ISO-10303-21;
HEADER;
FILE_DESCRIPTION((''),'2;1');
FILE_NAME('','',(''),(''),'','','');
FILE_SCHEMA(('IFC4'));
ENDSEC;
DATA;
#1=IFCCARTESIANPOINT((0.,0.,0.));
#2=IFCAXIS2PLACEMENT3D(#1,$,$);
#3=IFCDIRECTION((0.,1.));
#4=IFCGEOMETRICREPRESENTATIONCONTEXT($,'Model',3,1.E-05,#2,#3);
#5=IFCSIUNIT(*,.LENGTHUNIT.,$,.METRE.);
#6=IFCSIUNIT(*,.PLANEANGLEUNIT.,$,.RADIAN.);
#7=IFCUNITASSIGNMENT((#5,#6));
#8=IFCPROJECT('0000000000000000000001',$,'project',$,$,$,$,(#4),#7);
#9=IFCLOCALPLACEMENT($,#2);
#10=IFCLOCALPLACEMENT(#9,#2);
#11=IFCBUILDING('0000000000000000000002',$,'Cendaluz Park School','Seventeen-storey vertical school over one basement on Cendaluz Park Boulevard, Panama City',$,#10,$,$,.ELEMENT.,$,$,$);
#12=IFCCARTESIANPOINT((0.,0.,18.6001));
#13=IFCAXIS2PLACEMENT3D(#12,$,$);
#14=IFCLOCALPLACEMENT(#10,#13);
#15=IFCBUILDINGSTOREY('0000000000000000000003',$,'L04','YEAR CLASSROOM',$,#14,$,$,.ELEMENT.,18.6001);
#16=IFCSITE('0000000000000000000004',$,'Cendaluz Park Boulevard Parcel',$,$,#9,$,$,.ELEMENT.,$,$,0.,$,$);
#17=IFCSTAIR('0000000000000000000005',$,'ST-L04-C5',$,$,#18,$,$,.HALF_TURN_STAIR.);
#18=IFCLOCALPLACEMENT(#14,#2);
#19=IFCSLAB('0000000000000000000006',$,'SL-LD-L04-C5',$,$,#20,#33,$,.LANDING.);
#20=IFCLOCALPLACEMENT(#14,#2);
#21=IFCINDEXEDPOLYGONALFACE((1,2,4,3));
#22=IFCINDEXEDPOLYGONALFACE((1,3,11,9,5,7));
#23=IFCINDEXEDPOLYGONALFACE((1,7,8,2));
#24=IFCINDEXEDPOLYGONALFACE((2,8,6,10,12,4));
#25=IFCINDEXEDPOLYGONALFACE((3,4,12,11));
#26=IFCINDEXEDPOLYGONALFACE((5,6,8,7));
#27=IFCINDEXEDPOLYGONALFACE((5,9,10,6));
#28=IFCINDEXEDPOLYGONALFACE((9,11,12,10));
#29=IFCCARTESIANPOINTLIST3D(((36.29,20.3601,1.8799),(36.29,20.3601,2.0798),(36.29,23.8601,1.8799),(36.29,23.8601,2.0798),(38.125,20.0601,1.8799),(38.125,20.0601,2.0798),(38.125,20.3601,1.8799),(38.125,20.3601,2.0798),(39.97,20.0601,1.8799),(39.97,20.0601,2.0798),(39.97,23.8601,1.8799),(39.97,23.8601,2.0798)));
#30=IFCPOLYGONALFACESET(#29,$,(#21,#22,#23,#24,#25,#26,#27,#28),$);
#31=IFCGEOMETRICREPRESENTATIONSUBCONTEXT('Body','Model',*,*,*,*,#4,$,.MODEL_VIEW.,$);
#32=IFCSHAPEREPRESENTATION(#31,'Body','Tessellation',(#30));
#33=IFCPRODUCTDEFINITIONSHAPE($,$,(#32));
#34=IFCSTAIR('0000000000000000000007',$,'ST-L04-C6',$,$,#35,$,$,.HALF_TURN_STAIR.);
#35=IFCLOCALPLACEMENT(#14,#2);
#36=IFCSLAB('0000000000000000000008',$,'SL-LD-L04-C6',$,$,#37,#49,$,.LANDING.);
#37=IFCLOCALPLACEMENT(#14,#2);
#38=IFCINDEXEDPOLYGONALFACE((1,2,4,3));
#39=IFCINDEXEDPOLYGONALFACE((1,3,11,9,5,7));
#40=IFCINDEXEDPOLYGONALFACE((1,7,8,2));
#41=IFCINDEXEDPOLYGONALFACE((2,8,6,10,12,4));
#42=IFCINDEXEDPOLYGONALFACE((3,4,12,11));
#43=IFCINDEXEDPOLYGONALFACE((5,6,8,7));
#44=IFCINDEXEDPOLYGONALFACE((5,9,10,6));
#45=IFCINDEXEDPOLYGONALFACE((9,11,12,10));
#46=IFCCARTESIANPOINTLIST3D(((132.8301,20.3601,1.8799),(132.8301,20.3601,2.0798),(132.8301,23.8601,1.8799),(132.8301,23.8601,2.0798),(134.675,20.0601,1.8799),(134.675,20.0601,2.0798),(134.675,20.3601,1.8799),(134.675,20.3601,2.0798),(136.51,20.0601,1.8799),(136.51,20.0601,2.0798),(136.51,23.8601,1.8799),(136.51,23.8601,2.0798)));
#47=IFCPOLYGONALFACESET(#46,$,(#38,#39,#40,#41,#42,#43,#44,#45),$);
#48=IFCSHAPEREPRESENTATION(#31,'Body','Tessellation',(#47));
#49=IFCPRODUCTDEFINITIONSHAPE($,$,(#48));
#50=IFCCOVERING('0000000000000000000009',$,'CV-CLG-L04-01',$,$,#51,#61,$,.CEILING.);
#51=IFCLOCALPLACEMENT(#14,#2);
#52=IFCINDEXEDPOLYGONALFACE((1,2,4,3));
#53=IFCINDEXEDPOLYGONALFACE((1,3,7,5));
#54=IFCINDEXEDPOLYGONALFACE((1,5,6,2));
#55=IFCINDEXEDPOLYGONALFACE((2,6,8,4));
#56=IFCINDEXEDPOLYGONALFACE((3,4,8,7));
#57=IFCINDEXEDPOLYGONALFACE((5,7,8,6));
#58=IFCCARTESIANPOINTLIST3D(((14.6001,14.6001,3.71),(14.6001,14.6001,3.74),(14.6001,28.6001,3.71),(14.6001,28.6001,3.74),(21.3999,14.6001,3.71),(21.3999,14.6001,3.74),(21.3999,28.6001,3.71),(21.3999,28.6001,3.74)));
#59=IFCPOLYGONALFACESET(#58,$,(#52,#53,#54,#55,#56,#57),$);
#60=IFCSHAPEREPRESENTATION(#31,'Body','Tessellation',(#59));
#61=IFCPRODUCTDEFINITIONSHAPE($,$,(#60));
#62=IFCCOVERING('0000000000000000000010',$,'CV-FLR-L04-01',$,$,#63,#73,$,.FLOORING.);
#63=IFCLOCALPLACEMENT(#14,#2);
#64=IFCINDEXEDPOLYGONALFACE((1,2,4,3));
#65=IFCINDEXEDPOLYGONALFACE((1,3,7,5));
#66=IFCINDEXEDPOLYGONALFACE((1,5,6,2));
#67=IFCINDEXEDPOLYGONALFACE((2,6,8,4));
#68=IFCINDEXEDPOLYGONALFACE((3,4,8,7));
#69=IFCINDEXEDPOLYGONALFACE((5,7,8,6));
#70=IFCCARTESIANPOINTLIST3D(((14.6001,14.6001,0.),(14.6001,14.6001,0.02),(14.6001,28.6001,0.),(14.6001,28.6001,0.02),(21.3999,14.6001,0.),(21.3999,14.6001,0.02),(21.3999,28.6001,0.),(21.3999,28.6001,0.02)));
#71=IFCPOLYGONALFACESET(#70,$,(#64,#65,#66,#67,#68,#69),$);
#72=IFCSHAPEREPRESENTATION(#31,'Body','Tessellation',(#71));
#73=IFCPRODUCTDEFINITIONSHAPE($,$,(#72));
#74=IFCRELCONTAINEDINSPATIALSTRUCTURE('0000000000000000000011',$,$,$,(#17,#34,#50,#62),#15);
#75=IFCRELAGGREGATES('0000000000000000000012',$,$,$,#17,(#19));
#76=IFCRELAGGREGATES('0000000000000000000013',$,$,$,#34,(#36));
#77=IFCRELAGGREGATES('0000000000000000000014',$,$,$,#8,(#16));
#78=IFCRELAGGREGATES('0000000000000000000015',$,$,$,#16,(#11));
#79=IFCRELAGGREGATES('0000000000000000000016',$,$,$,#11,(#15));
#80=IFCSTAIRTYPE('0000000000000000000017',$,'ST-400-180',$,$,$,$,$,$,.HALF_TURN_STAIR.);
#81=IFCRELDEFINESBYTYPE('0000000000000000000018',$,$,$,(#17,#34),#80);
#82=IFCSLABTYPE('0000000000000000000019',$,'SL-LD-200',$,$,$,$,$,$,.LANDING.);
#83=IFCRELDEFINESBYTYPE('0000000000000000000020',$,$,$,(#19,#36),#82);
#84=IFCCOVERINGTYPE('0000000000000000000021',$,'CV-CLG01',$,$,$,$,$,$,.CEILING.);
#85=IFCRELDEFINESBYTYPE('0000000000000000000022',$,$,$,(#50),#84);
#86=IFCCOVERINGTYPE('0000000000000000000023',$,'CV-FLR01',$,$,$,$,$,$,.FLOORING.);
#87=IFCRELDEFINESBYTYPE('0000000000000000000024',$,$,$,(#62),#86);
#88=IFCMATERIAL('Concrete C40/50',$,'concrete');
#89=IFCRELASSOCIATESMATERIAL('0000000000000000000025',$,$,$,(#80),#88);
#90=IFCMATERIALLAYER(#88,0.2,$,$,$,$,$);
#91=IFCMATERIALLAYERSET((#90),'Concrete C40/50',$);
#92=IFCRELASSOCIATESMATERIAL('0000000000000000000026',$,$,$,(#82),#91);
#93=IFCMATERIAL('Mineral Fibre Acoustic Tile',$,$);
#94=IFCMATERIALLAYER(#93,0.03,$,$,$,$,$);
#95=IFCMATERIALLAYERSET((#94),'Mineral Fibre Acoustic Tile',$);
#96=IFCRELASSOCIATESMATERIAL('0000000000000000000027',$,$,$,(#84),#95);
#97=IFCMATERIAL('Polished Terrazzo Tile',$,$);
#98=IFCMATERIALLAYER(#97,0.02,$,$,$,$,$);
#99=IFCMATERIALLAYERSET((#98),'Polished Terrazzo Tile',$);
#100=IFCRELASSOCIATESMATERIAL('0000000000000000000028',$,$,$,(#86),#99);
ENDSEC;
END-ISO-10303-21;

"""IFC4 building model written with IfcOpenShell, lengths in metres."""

from ifc_helpers import new_model, si_unit, direction, frame, origin, place, context, subcontext, project, spatial, polyline, outline, extrude, material, layer, layer_set, type_object, element, aggregate, save


model = new_model("IFC4")

# Units and contexts
model_context = context("Model", 3, precision=1e-05, world=origin(), true_north=direction((0.0, 1.0)))
body_context = subcontext(model_context, "Body", "Model", "MODEL_VIEW")
ifc_project = project(units=[si_unit("LENGTHUNIT", "METRE"), si_unit("PLANEANGLEUNIT", "RADIAN")], contexts=[model_context])

# Site, building, storey
site_placement = place(None, origin())
site = spatial("IfcSite", under=ifc_project, at=site_placement, Name="Cendaluz Park Boulevard Parcel", CompositionType="ELEMENT", RefElevation=0.0)
building_placement = place(site_placement, origin())
building = spatial("IfcBuilding", under=site, at=building_placement, Name="Cendaluz Park School", Description="Seventeen-storey vertical school over one basement on Cendaluz Park Boulevard, Panama City", CompositionType="ELEMENT")
storey_placement = place(building_placement, frame((0.0, 0.0, 18.6001)))
storey = spatial("IfcBuildingStorey", under=building, at=storey_placement, Name="L04", Description="YEAR CLASSROOM", CompositionType="ELEMENT", Elevation=18.6001)

# Shared definitions
ifc_material_1 = material(Name="Concrete C40/50", Category="concrete")

# Stairs, slabs
stair_type = type_object("IfcStairType", Name="ST-400-180", PredefinedType="HALF_TURN_STAIR", material=ifc_material_1)
ifc_layer_1 = layer(ifc_material_1, 0.2)
ifc_layer_set_1 = layer_set([ifc_layer_1], Name="Concrete C40/50")
slab_type_1 = type_object("IfcSlabType", Name="SL-LD-200", PredefinedType="LANDING", material=ifc_layer_set_1)
stair_1_placement = place(storey_placement, origin())
stair_1 = element("IfcStair", 1, at=stair_1_placement, inside=storey, type_object=stair_type, Name="ST-L04-C5", PredefinedType="HALF_TURN_STAIR")
slab_1_placement = place(storey_placement, frame((0.0, 0.0, 1.8799)))
slab_1 = element("IfcSlab", 2, at=slab_1_placement, type_object=slab_type_1, Name="SL-LD-L04-C5", PredefinedType="LANDING", context=body_context, shape_type="SweptSolid", body=[
    extrude(outline(polyline([(36.29, 20.3601), (38.125, 20.3601), (38.125, 20.0601), (39.97, 20.0601), (39.97, 23.8601), (36.29, 23.8601), (36.29, 20.3601)])), origin(), (0.0, 0.0, 1.0), 0.2),
])
aggregate(stair_1, [slab_1])
stair_2_placement = place(storey_placement, origin())
stair_2 = element("IfcStair", 3, at=stair_2_placement, inside=storey, type_object=stair_type, Name="ST-L04-C6", PredefinedType="HALF_TURN_STAIR")
slab_2_placement = place(storey_placement, frame((0.0, 0.0, 1.8799)))
slab_2 = element("IfcSlab", 4, at=slab_2_placement, type_object=slab_type_1, Name="SL-LD-L04-C6", PredefinedType="LANDING", context=body_context, shape_type="SweptSolid", body=[
    extrude(outline(polyline([(132.8301, 20.3601), (134.675, 20.3601), (134.675, 20.0601), (136.51, 20.0601), (136.51, 23.8601), (132.8301, 23.8601), (132.8301, 20.3601)])), origin(), (0.0, 0.0, 1.0), 0.2),
])
aggregate(stair_2, [slab_2])

# Coverings
ifc_material_2 = material(Name="Mineral Fibre Acoustic Tile")
ifc_layer_2 = layer(ifc_material_2, 0.03)
ifc_layer_set_2 = layer_set([ifc_layer_2], Name="Mineral Fibre Acoustic Tile")
covering_type_1 = type_object("IfcCoveringType", Name="CV-CLG01", PredefinedType="CEILING", material=ifc_layer_set_2)
covering_1_placement = place(storey_placement, frame((0.0, 0.0, 3.71)))
element("IfcCovering", 5, at=covering_1_placement, inside=storey, type_object=covering_type_1, Name="CV-CLG-L04-01", PredefinedType="CEILING", context=body_context, shape_type="SweptSolid", body=[
    extrude(outline(polyline([(14.6001, 14.6001), (21.3999, 14.6001), (21.3999, 28.6001), (14.6001, 28.6001), (14.6001, 14.6001)])), origin(), (0.0, 0.0, 1.0), 0.03),
])
ifc_material_3 = material(Name="Polished Terrazzo Tile")
ifc_layer_3 = layer(ifc_material_3, 0.02)
ifc_layer_set_3 = layer_set([ifc_layer_3], Name="Polished Terrazzo Tile")
covering_type_2 = type_object("IfcCoveringType", Name="CV-FLR01", PredefinedType="FLOORING", material=ifc_layer_set_3)
covering_2_placement = place(storey_placement, origin())
element("IfcCovering", 6, at=covering_2_placement, inside=storey, type_object=covering_type_2, Name="CV-FLR-L04-01", PredefinedType="FLOORING", context=body_context, shape_type="SweptSolid", body=[
    extrude(outline(polyline([(14.6001, 14.6001), (21.3999, 14.6001), (21.3999, 28.6001), (14.6001, 28.6001), (14.6001, 14.6001)])), origin(), (0.0, 0.0, 1.0), 0.02),
])

save(model, "model.ifc")
